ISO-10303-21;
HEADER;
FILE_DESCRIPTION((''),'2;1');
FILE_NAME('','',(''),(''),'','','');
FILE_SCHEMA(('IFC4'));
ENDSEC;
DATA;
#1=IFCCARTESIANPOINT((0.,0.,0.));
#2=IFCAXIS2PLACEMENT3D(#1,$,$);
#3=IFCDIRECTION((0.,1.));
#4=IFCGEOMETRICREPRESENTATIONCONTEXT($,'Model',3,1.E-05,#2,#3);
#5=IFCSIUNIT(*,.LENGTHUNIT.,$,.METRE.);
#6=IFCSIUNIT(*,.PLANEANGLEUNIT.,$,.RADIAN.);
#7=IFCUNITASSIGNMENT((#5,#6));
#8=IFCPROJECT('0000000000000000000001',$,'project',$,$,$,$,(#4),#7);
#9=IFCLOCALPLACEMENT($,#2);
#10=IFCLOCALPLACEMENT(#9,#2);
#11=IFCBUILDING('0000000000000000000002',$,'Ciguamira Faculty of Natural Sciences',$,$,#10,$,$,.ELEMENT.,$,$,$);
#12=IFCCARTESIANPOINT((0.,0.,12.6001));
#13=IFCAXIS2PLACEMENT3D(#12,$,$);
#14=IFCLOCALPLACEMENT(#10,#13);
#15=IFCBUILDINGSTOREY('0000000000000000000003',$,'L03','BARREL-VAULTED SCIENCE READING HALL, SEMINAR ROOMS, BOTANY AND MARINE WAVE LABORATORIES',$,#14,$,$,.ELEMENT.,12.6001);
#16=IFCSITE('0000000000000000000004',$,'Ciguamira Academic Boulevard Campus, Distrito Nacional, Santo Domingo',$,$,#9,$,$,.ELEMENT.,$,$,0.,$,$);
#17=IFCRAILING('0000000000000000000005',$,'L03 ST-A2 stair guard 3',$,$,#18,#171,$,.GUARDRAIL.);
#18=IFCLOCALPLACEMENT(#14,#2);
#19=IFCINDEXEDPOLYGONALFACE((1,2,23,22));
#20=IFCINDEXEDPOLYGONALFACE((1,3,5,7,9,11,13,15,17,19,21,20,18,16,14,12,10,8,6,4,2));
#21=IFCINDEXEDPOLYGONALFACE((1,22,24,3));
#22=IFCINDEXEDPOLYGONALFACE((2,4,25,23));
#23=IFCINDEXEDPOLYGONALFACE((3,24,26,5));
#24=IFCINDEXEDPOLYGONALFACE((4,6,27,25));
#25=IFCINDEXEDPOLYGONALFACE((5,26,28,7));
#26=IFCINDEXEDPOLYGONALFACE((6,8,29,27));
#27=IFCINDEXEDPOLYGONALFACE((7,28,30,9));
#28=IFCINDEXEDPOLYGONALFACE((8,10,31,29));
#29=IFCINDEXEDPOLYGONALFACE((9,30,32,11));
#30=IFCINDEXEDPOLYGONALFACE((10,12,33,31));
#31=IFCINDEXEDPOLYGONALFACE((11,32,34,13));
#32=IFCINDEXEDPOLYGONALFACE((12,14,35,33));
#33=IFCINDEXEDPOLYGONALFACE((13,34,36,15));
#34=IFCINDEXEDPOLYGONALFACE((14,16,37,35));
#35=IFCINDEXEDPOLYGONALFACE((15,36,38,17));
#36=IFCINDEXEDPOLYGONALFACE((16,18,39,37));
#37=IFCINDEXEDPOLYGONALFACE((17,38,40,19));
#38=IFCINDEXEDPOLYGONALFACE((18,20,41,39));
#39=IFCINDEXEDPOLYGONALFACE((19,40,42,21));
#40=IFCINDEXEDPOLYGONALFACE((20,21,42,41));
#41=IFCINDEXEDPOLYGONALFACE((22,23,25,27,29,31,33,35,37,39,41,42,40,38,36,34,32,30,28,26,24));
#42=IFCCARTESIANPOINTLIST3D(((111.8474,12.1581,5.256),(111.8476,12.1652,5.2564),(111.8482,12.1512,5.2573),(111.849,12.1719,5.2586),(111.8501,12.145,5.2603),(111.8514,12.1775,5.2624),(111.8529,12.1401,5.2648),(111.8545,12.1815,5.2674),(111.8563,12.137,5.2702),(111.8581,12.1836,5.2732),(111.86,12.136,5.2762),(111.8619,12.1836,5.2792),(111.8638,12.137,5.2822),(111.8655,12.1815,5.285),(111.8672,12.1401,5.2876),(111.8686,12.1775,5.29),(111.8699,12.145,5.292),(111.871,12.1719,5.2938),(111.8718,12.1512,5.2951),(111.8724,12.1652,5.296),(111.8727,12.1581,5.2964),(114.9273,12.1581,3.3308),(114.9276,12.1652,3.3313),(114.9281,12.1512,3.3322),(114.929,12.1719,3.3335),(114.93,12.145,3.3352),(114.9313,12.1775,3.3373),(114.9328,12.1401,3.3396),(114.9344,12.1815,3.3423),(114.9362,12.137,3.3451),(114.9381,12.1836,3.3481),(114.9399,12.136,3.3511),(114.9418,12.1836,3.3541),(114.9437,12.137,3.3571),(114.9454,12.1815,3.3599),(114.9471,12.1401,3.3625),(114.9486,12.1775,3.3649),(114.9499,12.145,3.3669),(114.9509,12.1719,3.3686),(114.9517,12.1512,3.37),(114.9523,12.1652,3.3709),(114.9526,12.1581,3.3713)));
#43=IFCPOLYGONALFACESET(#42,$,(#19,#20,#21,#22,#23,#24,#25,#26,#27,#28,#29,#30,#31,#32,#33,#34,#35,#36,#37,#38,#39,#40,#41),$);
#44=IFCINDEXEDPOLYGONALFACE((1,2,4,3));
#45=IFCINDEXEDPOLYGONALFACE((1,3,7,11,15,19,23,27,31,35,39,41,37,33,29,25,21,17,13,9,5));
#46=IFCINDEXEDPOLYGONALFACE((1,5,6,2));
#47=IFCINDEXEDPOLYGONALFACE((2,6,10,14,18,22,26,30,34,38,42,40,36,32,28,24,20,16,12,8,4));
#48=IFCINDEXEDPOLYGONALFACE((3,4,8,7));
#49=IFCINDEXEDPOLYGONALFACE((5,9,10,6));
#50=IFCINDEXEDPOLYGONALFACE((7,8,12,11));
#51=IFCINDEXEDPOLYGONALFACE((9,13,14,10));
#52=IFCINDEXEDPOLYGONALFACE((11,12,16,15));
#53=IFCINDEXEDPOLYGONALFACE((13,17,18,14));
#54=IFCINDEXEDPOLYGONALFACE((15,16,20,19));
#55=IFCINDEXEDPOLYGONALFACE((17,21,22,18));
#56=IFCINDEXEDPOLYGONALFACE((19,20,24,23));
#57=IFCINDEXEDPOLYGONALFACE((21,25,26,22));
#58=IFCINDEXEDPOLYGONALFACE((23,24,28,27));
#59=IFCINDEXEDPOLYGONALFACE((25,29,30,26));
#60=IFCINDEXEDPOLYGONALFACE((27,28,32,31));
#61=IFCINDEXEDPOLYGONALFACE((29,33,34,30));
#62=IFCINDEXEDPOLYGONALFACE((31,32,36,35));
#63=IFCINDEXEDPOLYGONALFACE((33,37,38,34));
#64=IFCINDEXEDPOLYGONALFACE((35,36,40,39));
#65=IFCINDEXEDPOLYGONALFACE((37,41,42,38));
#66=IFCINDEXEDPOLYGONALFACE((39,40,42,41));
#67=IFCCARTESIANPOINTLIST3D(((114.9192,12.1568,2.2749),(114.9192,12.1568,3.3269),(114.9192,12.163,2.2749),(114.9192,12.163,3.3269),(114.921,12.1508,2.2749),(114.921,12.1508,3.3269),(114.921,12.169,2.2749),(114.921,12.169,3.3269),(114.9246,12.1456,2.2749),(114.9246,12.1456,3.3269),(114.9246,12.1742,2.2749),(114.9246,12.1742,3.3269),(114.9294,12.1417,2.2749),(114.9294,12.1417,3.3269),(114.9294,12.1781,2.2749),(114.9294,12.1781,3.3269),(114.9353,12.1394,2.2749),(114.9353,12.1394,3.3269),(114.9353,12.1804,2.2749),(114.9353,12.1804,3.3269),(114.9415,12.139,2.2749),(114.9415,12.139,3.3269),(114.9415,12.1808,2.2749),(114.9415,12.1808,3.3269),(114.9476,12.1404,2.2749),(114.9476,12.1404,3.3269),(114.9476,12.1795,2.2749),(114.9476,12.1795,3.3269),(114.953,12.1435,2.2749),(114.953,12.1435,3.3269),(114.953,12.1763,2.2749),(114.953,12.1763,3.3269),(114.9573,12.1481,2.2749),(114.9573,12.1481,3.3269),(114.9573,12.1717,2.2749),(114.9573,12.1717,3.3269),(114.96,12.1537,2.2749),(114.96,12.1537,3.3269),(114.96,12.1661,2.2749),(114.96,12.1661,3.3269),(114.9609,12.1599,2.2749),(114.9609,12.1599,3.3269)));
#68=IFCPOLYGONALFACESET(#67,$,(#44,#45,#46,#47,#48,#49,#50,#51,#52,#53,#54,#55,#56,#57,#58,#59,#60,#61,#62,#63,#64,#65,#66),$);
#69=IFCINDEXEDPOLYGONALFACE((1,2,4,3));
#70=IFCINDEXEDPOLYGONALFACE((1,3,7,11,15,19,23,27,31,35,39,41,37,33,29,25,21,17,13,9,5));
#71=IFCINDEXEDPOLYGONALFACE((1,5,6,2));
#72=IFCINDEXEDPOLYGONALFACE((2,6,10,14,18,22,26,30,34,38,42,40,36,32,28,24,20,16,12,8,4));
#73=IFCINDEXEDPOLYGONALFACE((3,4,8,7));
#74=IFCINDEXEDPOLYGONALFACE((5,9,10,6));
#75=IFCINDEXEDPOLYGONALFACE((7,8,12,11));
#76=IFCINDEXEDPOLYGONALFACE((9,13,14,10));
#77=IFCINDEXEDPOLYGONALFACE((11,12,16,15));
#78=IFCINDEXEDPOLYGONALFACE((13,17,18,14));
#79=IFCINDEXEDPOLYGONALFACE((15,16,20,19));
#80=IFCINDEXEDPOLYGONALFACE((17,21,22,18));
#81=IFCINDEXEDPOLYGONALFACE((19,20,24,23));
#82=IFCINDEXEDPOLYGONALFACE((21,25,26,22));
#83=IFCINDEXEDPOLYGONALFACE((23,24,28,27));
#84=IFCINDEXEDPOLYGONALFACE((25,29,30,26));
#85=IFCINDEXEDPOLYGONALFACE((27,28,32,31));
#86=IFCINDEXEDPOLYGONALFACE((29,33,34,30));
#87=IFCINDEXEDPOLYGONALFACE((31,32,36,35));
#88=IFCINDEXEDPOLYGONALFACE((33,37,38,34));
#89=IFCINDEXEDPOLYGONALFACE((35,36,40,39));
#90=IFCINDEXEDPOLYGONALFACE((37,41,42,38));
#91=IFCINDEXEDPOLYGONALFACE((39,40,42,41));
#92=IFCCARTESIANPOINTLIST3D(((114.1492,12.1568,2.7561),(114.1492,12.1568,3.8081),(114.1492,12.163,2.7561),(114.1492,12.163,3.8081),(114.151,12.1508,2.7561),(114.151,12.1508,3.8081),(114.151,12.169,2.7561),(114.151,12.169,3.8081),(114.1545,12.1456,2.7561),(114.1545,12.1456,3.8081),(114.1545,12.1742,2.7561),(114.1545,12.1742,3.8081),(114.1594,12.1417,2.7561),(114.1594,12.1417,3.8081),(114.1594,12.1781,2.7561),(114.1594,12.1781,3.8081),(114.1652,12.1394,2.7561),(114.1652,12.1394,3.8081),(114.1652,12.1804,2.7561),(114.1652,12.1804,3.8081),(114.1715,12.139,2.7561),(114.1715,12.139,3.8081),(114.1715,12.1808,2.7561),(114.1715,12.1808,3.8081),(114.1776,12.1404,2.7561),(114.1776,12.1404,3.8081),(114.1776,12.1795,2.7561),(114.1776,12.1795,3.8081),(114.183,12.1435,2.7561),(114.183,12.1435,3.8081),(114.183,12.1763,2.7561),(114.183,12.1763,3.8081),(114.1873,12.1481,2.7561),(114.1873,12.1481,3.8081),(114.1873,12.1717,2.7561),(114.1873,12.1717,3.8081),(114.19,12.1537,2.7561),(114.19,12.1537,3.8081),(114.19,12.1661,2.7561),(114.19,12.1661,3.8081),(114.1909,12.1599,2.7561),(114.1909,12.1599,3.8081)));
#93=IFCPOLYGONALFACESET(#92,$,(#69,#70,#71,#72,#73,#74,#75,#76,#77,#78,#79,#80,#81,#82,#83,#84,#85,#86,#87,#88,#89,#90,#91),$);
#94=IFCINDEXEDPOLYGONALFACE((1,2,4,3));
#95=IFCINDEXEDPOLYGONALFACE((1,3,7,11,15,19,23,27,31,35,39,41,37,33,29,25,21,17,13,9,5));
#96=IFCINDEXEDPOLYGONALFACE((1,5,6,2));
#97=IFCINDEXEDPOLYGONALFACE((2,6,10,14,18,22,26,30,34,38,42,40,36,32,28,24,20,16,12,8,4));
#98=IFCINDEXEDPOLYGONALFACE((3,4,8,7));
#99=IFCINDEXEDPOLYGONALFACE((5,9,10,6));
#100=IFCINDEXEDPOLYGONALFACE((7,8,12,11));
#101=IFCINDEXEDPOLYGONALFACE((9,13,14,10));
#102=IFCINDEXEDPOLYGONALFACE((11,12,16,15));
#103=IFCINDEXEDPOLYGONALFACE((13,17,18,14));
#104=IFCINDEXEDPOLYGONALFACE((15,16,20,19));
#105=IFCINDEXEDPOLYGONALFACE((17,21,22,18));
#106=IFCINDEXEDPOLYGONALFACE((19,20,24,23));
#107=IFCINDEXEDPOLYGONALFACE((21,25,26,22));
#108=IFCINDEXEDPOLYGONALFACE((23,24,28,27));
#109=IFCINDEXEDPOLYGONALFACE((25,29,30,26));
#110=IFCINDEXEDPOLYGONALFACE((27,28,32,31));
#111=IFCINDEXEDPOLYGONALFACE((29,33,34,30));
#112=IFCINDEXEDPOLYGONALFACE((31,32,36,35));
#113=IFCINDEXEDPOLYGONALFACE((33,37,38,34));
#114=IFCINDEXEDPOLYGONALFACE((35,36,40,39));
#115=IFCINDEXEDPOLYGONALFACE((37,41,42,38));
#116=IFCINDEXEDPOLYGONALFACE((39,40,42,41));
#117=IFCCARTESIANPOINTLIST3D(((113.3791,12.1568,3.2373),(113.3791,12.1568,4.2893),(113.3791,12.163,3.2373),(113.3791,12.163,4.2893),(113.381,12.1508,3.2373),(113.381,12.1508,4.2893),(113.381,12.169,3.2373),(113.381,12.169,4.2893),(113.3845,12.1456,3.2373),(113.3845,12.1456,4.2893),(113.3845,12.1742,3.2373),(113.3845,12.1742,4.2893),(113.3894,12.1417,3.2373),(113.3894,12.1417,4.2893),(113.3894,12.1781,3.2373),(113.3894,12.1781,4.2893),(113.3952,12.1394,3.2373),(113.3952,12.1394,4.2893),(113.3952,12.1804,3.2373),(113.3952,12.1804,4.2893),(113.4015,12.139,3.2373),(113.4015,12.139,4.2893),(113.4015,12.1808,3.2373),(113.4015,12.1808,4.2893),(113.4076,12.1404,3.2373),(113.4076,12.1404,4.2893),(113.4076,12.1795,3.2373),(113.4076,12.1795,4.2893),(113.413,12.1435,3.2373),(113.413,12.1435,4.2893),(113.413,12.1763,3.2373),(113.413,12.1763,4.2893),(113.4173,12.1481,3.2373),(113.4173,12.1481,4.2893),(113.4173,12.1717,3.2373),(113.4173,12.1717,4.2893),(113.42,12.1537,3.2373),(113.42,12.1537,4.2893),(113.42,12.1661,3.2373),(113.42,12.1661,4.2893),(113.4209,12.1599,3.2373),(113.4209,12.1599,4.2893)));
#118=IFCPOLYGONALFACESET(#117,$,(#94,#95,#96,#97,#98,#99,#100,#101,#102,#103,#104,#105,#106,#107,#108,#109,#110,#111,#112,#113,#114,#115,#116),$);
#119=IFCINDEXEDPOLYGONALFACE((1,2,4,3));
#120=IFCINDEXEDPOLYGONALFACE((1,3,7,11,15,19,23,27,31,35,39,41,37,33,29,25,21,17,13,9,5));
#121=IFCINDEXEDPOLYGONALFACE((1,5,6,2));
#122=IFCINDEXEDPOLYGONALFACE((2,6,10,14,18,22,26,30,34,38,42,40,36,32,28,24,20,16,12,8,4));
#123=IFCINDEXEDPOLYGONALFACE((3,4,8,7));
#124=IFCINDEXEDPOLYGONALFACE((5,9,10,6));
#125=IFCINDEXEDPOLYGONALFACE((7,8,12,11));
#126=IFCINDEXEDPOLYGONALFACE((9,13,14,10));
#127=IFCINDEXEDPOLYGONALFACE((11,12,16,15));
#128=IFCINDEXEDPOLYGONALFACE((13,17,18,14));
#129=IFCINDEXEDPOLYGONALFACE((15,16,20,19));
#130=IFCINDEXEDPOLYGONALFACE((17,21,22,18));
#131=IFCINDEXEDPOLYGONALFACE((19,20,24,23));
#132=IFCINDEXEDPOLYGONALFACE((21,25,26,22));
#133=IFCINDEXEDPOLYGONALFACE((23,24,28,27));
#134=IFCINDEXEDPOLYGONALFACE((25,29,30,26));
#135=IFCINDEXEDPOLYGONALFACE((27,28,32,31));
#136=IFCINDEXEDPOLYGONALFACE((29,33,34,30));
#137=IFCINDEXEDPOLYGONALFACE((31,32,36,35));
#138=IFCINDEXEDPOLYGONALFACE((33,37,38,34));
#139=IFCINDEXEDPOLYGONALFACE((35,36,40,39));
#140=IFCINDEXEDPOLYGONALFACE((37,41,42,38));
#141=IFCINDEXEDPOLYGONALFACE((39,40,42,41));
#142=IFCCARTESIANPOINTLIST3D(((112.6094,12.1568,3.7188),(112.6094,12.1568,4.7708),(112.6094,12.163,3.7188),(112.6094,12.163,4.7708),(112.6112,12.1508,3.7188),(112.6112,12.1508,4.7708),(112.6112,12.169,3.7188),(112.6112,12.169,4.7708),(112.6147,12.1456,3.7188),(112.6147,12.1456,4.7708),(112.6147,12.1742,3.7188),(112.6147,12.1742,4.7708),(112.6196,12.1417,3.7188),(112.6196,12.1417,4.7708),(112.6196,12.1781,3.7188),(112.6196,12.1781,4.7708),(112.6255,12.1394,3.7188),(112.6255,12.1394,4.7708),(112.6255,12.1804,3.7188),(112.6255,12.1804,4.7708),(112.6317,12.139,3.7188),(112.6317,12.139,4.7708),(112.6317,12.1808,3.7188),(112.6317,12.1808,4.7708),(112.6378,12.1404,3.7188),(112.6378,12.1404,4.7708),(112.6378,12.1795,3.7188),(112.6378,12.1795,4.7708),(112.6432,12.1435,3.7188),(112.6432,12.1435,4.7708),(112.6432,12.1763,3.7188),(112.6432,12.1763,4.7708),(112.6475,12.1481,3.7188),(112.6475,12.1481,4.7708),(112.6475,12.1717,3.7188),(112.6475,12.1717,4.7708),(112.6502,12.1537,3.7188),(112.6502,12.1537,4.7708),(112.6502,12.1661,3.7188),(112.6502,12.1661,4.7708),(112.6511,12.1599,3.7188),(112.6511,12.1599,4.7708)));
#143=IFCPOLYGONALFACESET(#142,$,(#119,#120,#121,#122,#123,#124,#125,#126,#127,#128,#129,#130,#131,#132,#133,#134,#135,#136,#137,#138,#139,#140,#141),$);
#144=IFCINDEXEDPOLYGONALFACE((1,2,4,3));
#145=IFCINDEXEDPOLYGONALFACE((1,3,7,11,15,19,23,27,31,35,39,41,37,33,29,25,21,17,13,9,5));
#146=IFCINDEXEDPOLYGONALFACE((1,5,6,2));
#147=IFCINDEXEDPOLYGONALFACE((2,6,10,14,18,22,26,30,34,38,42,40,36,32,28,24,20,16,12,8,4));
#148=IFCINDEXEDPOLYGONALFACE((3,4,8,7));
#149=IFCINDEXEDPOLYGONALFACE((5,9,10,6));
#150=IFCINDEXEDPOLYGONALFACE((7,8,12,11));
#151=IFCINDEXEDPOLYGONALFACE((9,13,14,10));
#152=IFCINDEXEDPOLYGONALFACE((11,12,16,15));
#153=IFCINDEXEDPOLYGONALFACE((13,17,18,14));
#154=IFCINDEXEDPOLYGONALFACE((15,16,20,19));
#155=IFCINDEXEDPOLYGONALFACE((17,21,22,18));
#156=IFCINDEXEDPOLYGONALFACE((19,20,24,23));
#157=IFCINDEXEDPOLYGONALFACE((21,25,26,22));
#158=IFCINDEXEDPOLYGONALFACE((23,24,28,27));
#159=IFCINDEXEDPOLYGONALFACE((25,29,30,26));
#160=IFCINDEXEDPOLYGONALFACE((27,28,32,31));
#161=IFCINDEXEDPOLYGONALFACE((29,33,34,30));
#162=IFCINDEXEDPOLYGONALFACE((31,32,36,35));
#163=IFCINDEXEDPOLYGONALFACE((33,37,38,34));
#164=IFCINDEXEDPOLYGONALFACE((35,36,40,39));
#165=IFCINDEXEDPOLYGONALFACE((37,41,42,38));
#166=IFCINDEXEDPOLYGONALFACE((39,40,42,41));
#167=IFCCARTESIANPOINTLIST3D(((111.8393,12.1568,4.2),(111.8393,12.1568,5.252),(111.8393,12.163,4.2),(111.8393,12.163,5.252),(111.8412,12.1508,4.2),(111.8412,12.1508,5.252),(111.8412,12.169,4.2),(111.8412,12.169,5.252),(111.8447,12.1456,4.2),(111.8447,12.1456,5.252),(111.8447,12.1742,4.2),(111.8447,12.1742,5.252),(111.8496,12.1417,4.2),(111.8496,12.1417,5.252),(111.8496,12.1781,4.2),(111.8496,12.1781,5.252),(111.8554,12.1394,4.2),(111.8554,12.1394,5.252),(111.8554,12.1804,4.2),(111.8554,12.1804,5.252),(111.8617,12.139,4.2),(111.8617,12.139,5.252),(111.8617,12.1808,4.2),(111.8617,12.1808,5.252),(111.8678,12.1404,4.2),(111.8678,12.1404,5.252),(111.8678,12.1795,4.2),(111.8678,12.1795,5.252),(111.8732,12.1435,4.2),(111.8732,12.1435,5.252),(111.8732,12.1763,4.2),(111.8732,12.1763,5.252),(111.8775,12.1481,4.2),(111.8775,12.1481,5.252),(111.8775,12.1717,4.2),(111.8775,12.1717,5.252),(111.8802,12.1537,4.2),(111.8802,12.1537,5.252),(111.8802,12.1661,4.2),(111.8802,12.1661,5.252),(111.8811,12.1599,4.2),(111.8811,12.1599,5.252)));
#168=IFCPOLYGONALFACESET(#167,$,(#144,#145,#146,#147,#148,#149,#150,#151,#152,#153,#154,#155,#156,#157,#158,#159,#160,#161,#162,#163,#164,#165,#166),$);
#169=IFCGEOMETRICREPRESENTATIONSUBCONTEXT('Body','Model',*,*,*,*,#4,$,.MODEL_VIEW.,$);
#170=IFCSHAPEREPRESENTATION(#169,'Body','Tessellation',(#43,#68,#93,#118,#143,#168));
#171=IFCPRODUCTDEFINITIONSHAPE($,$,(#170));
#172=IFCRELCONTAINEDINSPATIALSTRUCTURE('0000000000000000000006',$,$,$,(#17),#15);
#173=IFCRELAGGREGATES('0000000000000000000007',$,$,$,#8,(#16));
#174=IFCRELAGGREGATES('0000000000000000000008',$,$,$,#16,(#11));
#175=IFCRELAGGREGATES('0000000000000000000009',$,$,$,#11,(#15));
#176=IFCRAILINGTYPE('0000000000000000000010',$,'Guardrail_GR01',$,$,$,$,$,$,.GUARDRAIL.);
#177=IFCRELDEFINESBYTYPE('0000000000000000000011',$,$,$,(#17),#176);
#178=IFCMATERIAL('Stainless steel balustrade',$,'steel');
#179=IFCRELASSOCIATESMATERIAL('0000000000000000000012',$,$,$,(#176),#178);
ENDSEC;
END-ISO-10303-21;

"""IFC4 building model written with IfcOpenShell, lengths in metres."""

from ifc_helpers import new_model, si_unit, direction, frame, origin, origin_2d, place, context, subcontext, project, spatial, circle, extrude, material, type_object, element, save


model = new_model("IFC4")

# Units and contexts
model_context = context("Model", 3, precision=1e-05, world=origin(), true_north=direction((0.0, 1.0)))
body_context = subcontext(model_context, "Body", "Model", "MODEL_VIEW")
ifc_project = project(units=[si_unit("LENGTHUNIT", "METRE"), si_unit("PLANEANGLEUNIT", "RADIAN")], contexts=[model_context])

# Site, building, storey
site_placement = place(None, origin())
site = spatial("IfcSite", under=ifc_project, at=site_placement, Name="Ciguamira Academic Boulevard Campus, Distrito Nacional, Santo Domingo", CompositionType="ELEMENT", RefElevation=0.0)
building_placement = place(site_placement, origin())
building = spatial("IfcBuilding", under=site, at=building_placement, Name="Ciguamira Faculty of Natural Sciences", CompositionType="ELEMENT")
storey_placement = place(building_placement, frame((0.0, 0.0, 12.6001)))
storey = spatial("IfcBuildingStorey", under=building, at=storey_placement, Name="L03", Description="BARREL-VAULTED SCIENCE READING HALL, SEMINAR ROOMS, BOTANY AND MARINE WAVE LABORATORIES", CompositionType="ELEMENT", Elevation=12.6001)

# Railing
ifc_material_1 = material(Name="Stainless steel balustrade", Category="steel")
railing_type_1 = type_object("IfcRailingType", Name="Guardrail_GR01", PredefinedType="GUARDRAIL", material=ifc_material_1)
railing_1_placement = place(storey_placement, frame((114.9399, 12.1599, 2.2749)))
element("IfcRailing", 1, at=railing_1_placement, inside=storey, type_object=railing_type_1, Name="L03 ST-A2 stair guard 3", PredefinedType="GUARDRAIL", context=body_context, shape_type="SweptSolid", body=[
    extrude(circle(Radius=0.0239, at=origin_2d()), frame((0.0, 0.0, 1.0762), z_axis=(-0.847979, 0.0, 0.530029), x_axis=(0.0, -1.0, 0.0)), (0.0, 0.0, 1.0), 3.6321),
    extrude(circle(Radius=0.021, at=origin_2d()), origin(), (0.0, 0.0, 1.0), 1.052),
    extrude(circle(Radius=0.021, at=origin_2d()), frame((-0.77, 0.0, 0.4812)), (0.0, 0.0, 1.0), 1.052),
    extrude(circle(Radius=0.021, at=origin_2d()), frame((-1.54, 0.0, 0.9624)), (0.0, 0.0, 1.0), 1.052),
    extrude(circle(Radius=0.021, at=origin_2d()), frame((-2.3098, 0.0, 1.4438)), (0.0, 0.0, 1.0), 1.052),
    extrude(circle(Radius=0.021, at=origin_2d()), frame((-3.0798, 0.0, 1.925)), (0.0, 0.0, 1.0), 1.052),
])

save(model, "model.ifc")
